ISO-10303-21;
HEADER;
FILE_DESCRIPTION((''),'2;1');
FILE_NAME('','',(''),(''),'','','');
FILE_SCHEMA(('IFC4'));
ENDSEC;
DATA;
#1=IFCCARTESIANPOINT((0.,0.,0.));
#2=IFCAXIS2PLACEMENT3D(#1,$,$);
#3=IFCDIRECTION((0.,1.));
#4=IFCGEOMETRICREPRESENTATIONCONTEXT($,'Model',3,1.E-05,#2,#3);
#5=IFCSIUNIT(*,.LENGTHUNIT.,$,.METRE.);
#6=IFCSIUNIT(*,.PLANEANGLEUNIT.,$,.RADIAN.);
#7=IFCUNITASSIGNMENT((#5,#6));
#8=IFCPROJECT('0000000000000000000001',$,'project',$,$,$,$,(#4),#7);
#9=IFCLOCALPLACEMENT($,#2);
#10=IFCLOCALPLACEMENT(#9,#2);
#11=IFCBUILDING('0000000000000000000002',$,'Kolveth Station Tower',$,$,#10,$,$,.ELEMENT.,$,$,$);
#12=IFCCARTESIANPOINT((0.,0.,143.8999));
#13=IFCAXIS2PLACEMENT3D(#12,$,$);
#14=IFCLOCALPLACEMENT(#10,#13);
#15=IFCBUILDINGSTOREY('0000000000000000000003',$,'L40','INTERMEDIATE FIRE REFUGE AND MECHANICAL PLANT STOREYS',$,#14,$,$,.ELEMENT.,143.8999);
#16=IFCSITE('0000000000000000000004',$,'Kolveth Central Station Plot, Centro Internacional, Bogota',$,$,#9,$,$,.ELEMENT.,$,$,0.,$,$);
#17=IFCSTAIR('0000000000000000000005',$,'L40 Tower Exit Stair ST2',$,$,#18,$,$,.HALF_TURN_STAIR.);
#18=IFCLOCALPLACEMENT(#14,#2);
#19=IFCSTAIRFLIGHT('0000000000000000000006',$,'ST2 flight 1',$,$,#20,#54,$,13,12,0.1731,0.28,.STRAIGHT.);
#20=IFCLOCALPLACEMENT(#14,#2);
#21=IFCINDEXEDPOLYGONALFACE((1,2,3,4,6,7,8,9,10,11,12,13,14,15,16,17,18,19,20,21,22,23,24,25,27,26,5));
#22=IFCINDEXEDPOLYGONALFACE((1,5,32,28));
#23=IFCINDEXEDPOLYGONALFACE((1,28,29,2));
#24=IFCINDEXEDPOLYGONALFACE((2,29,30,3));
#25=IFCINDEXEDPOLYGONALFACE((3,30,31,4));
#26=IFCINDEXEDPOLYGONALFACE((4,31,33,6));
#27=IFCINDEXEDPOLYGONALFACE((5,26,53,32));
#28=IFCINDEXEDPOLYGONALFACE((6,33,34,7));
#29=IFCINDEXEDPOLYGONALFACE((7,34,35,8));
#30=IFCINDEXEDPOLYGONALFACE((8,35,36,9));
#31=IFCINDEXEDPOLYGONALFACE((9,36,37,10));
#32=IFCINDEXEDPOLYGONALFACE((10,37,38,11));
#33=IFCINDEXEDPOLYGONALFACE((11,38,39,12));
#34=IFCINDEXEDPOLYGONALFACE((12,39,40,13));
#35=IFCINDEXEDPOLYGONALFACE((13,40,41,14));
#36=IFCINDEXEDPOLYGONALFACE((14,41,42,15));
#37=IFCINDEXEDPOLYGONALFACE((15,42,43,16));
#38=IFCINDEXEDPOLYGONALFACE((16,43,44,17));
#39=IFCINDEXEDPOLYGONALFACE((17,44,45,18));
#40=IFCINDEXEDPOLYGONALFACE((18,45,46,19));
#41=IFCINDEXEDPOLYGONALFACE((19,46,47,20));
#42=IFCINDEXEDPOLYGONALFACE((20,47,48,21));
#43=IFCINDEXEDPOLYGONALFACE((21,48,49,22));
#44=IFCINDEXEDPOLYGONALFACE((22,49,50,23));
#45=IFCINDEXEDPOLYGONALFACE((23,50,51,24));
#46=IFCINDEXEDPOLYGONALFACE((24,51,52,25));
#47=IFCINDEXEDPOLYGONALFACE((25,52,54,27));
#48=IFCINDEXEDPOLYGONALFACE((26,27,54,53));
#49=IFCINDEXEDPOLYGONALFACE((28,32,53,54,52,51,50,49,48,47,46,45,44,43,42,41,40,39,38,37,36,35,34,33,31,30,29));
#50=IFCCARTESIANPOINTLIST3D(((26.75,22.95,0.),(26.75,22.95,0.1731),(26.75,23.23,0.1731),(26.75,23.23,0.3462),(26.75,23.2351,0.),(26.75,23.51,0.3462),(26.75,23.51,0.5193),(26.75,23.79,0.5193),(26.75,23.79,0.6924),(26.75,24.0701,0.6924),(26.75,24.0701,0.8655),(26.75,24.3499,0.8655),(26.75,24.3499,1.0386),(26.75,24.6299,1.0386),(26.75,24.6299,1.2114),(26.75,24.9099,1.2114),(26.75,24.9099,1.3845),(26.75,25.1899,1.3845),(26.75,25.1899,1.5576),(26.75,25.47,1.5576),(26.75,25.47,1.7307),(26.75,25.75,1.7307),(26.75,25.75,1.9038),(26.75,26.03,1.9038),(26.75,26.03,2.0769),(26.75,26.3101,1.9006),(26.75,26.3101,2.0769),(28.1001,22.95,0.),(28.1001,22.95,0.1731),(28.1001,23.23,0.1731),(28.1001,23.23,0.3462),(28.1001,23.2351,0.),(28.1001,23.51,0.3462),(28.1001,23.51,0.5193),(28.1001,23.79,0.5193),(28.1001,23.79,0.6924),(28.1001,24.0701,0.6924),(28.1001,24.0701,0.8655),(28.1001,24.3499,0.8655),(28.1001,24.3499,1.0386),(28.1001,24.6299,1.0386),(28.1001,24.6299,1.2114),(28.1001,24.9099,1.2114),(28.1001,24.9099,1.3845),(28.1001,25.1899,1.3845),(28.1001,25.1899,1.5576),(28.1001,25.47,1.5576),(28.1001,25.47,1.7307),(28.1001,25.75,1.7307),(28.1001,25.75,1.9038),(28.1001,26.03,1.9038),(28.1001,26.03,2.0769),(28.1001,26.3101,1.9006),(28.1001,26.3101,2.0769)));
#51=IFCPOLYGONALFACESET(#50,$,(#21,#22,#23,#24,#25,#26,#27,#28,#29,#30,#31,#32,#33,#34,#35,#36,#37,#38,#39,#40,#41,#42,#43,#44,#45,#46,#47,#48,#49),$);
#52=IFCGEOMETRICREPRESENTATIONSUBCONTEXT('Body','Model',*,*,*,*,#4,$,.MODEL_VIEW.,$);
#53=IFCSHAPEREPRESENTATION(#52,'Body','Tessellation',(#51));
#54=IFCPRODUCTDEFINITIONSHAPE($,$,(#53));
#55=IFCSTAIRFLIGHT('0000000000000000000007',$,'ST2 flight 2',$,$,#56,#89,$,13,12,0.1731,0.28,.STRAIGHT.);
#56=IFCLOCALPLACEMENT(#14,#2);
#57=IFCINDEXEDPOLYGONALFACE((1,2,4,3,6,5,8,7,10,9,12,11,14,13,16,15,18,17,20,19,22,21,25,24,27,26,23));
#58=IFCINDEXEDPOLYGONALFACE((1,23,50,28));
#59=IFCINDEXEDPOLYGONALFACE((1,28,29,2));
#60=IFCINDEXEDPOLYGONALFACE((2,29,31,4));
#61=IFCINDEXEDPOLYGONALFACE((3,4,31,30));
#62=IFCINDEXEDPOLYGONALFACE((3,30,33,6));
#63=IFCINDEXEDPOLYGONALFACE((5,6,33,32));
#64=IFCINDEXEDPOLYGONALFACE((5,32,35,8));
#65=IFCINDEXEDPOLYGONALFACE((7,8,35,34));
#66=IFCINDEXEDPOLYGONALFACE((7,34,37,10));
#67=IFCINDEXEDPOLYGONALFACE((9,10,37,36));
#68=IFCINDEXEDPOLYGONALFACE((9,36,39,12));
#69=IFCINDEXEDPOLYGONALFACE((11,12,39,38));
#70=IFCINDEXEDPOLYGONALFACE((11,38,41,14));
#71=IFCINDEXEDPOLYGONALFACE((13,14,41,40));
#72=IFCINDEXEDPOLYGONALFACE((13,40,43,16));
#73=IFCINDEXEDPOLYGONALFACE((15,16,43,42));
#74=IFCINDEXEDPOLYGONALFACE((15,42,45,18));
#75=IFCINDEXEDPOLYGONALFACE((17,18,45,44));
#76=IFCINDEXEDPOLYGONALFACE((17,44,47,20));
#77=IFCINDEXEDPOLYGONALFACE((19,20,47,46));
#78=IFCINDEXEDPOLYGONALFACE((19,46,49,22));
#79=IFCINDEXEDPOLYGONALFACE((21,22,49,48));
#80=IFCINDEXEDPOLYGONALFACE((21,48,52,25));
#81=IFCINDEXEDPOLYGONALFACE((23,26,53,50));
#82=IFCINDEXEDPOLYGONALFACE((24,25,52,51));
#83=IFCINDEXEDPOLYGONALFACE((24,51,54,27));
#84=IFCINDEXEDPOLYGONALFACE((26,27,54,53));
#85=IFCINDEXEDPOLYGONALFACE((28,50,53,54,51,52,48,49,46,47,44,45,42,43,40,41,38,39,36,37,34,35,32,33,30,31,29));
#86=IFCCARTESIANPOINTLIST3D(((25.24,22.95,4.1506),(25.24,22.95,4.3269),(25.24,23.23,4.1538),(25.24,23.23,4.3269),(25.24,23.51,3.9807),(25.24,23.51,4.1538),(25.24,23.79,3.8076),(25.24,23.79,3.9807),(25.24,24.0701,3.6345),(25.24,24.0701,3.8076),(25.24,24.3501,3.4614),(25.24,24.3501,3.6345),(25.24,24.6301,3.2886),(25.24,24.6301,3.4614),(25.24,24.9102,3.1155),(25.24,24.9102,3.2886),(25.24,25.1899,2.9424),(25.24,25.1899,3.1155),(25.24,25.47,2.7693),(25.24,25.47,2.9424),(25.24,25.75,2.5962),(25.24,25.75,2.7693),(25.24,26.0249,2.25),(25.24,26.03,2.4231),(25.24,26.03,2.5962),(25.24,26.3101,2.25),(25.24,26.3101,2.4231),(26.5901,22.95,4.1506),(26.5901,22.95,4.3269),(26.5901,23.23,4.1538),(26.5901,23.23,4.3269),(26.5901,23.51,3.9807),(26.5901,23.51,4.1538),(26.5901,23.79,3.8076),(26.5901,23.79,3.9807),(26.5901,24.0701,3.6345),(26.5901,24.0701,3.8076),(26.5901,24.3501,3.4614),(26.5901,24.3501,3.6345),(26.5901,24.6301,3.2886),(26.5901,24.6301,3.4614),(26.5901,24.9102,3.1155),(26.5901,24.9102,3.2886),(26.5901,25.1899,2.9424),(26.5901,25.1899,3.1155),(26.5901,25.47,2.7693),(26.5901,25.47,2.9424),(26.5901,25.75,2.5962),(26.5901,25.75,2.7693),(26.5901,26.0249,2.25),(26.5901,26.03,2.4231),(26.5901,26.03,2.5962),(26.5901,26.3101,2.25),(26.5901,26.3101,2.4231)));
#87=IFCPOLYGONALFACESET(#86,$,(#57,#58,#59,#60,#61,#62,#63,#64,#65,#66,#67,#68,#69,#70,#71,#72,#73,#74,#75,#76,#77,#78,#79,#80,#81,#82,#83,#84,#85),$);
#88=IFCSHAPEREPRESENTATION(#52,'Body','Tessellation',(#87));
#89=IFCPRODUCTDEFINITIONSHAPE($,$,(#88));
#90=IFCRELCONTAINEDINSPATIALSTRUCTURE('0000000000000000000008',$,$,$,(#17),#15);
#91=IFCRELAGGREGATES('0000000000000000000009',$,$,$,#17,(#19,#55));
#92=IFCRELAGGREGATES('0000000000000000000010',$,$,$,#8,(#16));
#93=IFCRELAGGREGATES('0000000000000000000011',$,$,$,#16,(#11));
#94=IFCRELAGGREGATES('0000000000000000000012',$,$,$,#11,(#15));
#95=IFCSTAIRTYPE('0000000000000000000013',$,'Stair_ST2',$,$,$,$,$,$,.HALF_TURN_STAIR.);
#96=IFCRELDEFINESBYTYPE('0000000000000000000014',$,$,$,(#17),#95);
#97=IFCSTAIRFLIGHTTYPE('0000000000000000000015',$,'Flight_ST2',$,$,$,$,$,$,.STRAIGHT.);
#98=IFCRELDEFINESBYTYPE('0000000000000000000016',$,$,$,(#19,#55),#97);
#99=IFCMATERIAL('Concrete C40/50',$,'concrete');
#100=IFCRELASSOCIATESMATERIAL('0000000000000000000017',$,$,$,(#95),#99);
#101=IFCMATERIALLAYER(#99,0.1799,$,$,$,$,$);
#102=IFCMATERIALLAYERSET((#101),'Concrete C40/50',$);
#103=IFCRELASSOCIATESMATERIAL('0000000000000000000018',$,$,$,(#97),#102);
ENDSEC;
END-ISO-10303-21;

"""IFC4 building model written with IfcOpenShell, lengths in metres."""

from ifc_helpers import new_model, si_unit, direction, frame, origin, place, context, subcontext, project, spatial, polyline, outline, extrude, material, layer, layer_set, type_object, element, aggregate, save


model = new_model("IFC4")

# Units and contexts
model_context = context("Model", 3, precision=1e-05, world=origin(), true_north=direction((0.0, 1.0)))
body_context = subcontext(model_context, "Body", "Model", "MODEL_VIEW")
ifc_project = project(units=[si_unit("LENGTHUNIT", "METRE"), si_unit("PLANEANGLEUNIT", "RADIAN")], contexts=[model_context])

# Site, building, storey
site_placement = place(None, origin())
site = spatial("IfcSite", under=ifc_project, at=site_placement, Name="Kolveth Central Station Plot, Centro Internacional, Bogota", CompositionType="ELEMENT", RefElevation=0.0)
building_placement = place(site_placement, origin())
building = spatial("IfcBuilding", under=site, at=building_placement, Name="Kolveth Station Tower", CompositionType="ELEMENT")
storey_placement = place(building_placement, frame((0.0, 0.0, 143.8999)))
storey = spatial("IfcBuildingStorey", under=building, at=storey_placement, Name="L40", Description="INTERMEDIATE FIRE REFUGE AND MECHANICAL PLANT STOREYS", CompositionType="ELEMENT", Elevation=143.8999)

# Shared definitions
ifc_material_1 = material(Name="Concrete C40/50", Category="concrete")

# Stair, stair flights
stair_type_1 = type_object("IfcStairType", Name="Stair_ST2", PredefinedType="HALF_TURN_STAIR", material=ifc_material_1)
stair_1_placement = place(storey_placement, origin())
stair_1 = element("IfcStair", 1, at=stair_1_placement, inside=storey, type_object=stair_type_1, Name="L40 Tower Exit Stair ST2", PredefinedType="HALF_TURN_STAIR")
ifc_layer_1 = layer(ifc_material_1, 0.1799)
ifc_layer_set_1 = layer_set([ifc_layer_1], Name="Concrete C40/50")
stair_flight_type_1 = type_object("IfcStairFlightType", Name="Flight_ST2", PredefinedType="STRAIGHT", material=ifc_layer_set_1)
stair_flight_1_placement = place(storey_placement, frame((27.425, 22.95, 0.0), z_axis=(0.0, 0.0, 1.0), x_axis=(0.0, 1.0, 0.0)))
stair_flight_1 = element("IfcStairFlight", 2, at=stair_flight_1_placement, type_object=stair_flight_type_1, Name="ST2 flight 1", NumberOfRisers=13, NumberOfTreads=12, PredefinedType="STRAIGHT", RiserHeight=0.1731, TreadLength=0.28, context=body_context, shape_type="SweptSolid", body=[
    extrude(outline(polyline([(0.0, 0.0), (0.0, 0.1731), (0.28, 0.1731), (0.28, 0.3462), (0.5601, 0.3462), (0.5601, 0.5193), (0.8401, 0.5193), (0.8401, 0.6924), (1.1201, 0.6924), (1.1201, 0.8655), (1.3999, 0.8655), (1.3999, 1.0386), (1.6799, 1.0386), (1.6799, 1.2114), (1.96, 1.2114), (1.96, 1.3845), (2.24, 1.3845), (2.24, 1.5576), (2.52, 1.5576), (2.52, 1.7307), (2.8, 1.7307), (2.8, 1.9038), (3.0801, 1.9038), (3.0801, 2.0769), (3.3601, 2.0769), (3.3601, 2.25), (3.3601, 1.9006), (0.2852, 0.0), (0.0, 0.0)])), frame((0.0, 0.675, 0.0), z_axis=(0.0, -1.0, 0.0), x_axis=(1.0, 0.0, 0.0)), (0.0, 0.0, 1.0), 1.3501),
])
stair_flight_2_placement = place(storey_placement, frame((25.915, 26.3101, 2.25), z_axis=(0.0, 0.0, 1.0), x_axis=(0.0, -1.0, 0.0)))
stair_flight_2 = element("IfcStairFlight", 3, at=stair_flight_2_placement, type_object=stair_flight_type_1, Name="ST2 flight 2", NumberOfRisers=13, NumberOfTreads=12, PredefinedType="STRAIGHT", RiserHeight=0.1731, TreadLength=0.28, context=body_context, shape_type="SweptSolid", body=[
    extrude(outline(polyline([(0.0, 0.0), (0.0, 0.1731), (0.28, 0.1731), (0.28, 0.3462), (0.5601, 0.3462), (0.5601, 0.5193), (0.8401, 0.5193), (0.8401, 0.6924), (1.1201, 0.6924), (1.1201, 0.8655), (1.3999, 0.8655), (1.3999, 1.0386), (1.6799, 1.0386), (1.6799, 1.2114), (1.96, 1.2114), (1.96, 1.3845), (2.24, 1.3845), (2.24, 1.5576), (2.52, 1.5576), (2.52, 1.7307), (2.8, 1.7307), (2.8, 1.9038), (3.0801, 1.9038), (3.0801, 2.0769), (3.3601, 2.0769), (3.3601, 2.25), (3.3601, 1.9006), (0.2852, 0.0), (0.0, 0.0)])), frame((0.0, 0.675, 0.0), z_axis=(0.0, -1.0, 0.0), x_axis=(1.0, 0.0, 0.0)), (0.0, 0.0, 1.0), 1.3501),
])
aggregate(stair_1, [stair_flight_1, stair_flight_2])

save(model, "model.ifc")
